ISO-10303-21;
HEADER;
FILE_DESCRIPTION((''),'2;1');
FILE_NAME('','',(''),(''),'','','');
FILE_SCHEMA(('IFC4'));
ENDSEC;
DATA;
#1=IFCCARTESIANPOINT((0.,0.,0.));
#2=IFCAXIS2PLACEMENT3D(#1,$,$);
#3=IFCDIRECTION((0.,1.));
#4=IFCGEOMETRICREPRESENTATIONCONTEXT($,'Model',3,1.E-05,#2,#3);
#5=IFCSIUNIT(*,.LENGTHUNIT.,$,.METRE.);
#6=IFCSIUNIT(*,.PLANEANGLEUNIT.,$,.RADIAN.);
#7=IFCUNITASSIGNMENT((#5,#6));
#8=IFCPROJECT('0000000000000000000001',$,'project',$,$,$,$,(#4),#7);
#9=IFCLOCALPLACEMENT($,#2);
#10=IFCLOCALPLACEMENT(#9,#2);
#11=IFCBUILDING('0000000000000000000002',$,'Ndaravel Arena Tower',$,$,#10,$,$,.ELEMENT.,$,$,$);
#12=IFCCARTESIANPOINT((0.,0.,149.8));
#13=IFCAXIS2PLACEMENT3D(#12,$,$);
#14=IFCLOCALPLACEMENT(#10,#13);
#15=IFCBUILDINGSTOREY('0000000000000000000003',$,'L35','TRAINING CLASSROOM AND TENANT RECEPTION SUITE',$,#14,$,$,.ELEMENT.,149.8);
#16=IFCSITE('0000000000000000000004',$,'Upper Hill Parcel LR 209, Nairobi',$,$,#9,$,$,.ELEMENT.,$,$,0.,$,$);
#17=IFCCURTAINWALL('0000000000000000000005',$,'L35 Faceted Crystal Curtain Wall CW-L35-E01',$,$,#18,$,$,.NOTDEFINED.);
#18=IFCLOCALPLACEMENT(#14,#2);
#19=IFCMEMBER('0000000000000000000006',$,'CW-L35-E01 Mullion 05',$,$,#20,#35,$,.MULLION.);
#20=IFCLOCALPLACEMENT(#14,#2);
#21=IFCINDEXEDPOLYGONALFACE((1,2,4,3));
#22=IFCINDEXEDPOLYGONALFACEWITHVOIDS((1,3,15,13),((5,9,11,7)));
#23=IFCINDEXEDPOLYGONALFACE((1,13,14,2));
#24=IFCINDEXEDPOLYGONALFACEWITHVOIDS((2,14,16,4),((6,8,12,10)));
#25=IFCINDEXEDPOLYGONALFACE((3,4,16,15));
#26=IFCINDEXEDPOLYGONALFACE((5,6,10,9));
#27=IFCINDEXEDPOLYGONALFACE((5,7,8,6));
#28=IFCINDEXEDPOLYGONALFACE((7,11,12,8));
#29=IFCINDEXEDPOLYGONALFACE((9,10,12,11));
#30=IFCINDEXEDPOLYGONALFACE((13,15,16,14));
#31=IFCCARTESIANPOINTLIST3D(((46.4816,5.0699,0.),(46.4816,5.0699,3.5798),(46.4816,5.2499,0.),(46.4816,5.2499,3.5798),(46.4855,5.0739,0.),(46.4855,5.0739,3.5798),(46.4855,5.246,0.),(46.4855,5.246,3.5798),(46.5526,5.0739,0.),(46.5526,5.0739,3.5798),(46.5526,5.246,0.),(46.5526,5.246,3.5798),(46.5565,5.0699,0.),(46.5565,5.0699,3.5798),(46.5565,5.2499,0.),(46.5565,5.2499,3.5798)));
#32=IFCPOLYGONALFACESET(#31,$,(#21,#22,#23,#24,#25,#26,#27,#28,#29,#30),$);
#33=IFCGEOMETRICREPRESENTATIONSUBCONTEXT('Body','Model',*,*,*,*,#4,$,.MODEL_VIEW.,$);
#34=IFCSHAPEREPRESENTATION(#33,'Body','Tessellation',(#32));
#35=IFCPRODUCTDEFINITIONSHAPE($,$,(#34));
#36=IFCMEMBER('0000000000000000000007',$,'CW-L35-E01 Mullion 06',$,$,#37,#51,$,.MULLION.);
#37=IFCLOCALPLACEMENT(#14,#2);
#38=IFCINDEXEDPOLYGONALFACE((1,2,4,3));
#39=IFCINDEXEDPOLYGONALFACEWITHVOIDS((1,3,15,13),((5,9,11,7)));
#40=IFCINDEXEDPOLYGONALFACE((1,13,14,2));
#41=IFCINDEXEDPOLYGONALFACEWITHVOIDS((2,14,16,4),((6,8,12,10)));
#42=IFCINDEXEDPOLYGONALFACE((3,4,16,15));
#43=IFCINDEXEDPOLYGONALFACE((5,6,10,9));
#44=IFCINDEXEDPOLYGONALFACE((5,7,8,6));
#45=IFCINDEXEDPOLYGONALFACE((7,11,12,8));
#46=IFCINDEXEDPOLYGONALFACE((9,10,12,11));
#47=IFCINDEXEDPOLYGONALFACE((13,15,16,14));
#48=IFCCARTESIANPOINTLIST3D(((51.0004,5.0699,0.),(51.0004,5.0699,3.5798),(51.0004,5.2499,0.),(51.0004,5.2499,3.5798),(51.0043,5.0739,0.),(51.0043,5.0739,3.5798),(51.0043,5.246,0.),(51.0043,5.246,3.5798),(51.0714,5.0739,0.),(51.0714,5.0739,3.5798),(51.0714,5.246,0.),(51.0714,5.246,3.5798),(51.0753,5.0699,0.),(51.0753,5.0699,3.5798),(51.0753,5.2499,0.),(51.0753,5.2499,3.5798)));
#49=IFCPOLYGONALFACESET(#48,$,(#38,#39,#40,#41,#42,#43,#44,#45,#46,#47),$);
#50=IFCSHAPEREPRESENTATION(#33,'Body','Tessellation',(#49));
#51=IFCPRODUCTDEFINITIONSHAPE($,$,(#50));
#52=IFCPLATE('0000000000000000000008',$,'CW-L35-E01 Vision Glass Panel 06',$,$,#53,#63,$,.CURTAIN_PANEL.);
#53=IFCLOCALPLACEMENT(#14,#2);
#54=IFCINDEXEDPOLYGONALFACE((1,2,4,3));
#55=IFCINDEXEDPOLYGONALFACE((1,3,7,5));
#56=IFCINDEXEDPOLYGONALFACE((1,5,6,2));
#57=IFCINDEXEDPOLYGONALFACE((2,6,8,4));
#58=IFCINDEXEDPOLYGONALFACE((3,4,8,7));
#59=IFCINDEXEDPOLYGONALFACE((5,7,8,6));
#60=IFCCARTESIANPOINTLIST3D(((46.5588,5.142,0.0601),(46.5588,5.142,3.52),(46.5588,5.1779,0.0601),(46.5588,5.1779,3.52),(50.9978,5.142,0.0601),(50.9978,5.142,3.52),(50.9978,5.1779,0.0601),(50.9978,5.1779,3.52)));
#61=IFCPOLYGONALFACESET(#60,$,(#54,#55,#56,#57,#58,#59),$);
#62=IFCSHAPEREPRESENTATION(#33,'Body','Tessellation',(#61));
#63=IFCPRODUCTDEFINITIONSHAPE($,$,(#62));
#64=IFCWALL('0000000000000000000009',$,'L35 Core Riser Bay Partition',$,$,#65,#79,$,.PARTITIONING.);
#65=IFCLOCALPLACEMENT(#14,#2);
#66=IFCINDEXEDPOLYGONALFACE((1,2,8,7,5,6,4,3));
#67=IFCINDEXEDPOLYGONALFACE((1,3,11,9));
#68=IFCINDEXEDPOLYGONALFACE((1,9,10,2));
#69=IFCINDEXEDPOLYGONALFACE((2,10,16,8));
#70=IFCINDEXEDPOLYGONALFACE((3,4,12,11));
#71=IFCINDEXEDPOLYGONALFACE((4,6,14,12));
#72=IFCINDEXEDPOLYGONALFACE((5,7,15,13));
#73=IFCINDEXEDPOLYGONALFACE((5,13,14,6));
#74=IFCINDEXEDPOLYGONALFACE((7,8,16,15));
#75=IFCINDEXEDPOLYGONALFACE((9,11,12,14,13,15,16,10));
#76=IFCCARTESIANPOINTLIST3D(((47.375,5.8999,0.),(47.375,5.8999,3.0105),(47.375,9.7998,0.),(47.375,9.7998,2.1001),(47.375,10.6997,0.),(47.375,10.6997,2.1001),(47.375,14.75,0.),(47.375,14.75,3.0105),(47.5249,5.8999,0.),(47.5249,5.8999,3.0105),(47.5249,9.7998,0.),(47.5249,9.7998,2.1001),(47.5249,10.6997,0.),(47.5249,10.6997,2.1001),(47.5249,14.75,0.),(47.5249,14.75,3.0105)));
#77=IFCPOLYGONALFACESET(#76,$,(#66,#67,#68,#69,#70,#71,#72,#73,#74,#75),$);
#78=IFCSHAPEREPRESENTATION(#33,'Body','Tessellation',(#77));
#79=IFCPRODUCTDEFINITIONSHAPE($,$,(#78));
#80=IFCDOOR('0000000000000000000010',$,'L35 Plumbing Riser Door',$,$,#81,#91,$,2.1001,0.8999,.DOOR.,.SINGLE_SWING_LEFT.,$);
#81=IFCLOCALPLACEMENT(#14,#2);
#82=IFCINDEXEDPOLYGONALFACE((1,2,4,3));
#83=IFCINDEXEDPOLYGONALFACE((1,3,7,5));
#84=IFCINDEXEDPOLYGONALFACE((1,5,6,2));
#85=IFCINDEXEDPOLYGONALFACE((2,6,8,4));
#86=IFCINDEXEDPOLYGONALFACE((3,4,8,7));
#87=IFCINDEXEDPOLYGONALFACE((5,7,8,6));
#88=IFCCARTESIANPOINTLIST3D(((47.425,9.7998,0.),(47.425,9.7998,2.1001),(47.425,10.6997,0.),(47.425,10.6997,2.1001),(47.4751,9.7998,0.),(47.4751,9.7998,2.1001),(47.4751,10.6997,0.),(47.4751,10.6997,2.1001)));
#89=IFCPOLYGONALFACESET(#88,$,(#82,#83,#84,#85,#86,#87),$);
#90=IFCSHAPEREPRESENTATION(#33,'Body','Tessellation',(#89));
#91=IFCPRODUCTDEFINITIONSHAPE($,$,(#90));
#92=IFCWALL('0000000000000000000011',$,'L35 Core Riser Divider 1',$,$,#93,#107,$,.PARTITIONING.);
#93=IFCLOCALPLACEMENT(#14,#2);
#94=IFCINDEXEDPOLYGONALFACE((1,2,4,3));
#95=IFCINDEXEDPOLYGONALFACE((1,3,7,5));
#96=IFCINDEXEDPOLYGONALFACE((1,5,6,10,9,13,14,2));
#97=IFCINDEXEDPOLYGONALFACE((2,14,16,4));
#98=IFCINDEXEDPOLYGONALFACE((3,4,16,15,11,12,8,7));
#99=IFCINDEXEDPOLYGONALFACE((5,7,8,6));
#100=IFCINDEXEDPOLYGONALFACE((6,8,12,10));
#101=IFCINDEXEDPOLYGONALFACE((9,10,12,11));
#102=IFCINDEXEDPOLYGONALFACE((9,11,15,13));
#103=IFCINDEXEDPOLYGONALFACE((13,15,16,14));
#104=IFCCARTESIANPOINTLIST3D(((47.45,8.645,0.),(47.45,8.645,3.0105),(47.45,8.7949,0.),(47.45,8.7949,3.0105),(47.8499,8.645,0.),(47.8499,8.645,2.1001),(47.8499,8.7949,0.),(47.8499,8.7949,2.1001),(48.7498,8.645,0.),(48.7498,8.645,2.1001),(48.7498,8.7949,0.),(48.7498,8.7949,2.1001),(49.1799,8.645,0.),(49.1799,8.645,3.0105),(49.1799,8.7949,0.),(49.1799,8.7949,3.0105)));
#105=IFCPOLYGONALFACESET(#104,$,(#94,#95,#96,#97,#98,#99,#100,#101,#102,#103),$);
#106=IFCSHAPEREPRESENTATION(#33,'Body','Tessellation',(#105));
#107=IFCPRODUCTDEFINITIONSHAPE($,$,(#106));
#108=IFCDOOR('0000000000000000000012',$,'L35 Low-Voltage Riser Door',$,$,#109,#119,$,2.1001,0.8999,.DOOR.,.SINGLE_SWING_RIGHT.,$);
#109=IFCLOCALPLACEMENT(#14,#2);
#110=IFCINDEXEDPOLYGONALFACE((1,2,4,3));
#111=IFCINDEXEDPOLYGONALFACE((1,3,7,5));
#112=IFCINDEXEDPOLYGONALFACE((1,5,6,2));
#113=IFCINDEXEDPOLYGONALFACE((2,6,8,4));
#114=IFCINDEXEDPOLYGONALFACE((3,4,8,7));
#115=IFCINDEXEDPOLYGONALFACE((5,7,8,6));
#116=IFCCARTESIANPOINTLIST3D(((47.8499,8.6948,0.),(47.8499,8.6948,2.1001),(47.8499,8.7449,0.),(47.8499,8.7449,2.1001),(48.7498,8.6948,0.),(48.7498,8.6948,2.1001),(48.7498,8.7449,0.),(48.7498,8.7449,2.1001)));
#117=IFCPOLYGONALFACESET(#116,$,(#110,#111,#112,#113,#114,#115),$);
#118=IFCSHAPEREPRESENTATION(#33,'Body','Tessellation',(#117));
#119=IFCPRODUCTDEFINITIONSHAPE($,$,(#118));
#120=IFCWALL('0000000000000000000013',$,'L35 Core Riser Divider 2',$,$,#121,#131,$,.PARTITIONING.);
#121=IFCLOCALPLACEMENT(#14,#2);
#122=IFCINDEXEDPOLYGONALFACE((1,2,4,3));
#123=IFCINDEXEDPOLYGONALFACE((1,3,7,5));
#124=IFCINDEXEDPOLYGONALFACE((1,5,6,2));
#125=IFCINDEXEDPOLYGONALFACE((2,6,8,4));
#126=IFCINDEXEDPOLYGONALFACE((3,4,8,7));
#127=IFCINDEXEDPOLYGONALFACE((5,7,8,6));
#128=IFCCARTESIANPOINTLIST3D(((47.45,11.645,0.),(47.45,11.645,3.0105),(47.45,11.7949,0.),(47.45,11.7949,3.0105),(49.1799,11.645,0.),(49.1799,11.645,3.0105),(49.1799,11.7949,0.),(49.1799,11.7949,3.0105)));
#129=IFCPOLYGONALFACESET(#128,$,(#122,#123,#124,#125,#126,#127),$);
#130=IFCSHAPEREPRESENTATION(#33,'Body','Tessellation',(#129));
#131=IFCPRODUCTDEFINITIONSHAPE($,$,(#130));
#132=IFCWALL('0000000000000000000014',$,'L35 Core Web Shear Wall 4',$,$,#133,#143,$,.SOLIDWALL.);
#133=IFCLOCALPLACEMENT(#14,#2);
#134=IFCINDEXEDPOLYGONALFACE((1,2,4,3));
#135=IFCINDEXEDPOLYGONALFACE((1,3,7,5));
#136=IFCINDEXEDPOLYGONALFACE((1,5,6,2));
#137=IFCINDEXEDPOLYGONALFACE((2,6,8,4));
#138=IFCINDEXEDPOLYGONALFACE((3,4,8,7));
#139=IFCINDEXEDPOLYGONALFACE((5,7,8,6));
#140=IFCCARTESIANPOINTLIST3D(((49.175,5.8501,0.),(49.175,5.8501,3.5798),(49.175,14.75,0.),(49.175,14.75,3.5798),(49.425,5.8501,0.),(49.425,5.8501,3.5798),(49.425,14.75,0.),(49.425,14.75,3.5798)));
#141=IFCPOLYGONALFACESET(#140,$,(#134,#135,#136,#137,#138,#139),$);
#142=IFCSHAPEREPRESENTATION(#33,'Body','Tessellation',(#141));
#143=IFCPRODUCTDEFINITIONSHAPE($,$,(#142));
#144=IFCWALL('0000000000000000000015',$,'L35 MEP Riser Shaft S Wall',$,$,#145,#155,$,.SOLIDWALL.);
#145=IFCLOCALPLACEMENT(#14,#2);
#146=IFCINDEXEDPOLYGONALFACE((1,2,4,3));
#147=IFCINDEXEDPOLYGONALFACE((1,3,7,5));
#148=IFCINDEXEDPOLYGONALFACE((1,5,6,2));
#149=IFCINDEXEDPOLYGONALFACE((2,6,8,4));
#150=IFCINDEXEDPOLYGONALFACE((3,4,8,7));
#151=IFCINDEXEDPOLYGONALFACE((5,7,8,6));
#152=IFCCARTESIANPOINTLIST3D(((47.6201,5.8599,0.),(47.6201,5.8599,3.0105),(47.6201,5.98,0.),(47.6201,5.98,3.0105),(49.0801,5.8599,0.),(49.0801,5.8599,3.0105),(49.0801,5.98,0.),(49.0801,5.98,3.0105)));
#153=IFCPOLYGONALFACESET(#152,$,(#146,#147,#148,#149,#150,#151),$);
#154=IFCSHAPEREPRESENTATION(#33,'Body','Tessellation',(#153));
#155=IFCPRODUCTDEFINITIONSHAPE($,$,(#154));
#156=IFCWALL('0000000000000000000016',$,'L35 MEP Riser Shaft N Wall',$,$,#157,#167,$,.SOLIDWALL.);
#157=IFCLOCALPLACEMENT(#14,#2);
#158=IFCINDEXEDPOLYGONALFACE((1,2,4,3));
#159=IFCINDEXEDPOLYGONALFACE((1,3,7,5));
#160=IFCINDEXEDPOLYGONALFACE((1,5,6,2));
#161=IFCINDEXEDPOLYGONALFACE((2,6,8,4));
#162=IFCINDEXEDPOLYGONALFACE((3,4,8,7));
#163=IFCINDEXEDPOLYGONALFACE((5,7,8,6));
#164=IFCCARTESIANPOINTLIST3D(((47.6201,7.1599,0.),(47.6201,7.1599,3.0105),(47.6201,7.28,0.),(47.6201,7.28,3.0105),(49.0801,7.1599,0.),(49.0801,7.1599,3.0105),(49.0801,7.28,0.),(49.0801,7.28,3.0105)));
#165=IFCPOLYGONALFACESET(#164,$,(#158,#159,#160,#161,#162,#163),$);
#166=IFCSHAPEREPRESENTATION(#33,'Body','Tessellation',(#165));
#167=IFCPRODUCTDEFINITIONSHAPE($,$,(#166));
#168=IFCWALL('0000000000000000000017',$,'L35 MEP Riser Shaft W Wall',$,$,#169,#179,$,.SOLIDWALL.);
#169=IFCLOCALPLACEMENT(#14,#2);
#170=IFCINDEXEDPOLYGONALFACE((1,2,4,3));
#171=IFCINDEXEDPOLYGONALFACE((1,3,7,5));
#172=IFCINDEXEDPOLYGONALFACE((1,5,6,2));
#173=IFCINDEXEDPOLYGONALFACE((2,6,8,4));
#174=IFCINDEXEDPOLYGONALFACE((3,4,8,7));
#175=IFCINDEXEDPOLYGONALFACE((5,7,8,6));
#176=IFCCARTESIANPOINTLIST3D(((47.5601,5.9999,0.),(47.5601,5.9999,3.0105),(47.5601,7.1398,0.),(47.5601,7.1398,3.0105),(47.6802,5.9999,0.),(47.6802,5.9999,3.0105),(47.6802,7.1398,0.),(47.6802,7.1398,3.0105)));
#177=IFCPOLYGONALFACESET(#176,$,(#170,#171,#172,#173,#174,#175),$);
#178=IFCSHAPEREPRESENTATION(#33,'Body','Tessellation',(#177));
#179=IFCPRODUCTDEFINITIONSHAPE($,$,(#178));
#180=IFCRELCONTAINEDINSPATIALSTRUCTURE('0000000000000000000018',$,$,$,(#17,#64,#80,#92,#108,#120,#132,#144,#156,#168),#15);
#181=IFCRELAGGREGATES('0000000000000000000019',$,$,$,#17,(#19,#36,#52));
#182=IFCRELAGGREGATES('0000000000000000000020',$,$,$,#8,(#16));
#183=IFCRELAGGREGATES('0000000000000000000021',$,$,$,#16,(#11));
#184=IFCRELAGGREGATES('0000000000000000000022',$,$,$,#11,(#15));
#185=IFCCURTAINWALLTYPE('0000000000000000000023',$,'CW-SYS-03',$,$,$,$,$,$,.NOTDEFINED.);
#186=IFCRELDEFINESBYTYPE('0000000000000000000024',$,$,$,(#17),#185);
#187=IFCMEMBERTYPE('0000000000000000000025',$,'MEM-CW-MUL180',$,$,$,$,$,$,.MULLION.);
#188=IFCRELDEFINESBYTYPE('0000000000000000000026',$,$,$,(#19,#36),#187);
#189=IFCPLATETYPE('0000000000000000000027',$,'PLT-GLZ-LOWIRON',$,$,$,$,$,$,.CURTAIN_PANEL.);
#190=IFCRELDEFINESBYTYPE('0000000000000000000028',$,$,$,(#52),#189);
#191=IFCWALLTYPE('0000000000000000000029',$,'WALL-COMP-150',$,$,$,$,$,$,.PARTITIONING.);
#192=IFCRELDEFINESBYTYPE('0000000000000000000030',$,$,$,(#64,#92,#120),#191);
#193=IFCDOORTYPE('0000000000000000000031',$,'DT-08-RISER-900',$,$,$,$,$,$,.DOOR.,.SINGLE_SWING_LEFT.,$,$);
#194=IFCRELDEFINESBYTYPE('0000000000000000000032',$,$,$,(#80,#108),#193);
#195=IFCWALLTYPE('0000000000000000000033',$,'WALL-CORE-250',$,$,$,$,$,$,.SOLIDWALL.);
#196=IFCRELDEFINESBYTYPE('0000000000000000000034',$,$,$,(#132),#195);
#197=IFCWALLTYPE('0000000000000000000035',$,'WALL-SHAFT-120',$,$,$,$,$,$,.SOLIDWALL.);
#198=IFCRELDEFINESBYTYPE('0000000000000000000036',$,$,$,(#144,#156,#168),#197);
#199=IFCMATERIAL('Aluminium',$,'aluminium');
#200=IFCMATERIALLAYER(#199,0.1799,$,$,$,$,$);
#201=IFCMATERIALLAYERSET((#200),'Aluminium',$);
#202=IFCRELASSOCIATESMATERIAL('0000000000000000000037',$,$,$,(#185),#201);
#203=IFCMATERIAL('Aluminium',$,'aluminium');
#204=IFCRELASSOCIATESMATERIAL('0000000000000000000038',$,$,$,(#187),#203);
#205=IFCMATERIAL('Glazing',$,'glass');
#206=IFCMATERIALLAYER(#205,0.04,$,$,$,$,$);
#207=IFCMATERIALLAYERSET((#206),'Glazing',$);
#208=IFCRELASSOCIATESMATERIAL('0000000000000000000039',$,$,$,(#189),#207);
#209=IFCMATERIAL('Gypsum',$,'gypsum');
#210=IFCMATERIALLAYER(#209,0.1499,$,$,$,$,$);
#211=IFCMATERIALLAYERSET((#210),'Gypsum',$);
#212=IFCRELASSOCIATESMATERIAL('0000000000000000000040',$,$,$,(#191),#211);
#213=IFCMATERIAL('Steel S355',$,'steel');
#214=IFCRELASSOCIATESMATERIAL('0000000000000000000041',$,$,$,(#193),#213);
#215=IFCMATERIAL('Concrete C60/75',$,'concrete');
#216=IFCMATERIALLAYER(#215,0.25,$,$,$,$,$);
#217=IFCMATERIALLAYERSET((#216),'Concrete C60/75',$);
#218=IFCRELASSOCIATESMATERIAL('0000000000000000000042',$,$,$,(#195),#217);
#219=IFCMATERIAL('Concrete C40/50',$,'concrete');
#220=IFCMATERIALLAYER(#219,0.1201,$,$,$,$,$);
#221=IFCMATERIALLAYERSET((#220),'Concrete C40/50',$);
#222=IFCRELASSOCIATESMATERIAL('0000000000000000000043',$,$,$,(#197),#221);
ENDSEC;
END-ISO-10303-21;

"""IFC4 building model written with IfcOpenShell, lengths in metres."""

from ifc_helpers import new_model, si_unit, direction, frame, frame_2d, origin, origin_2d, place, context, subcontext, project, spatial, rectangle, hollow_rectangle, extrude, material, layer, layer_set, material_profile, profile_set, type_object, element, fill, aggregate, save


model = new_model("IFC4")

# Units and contexts
model_context = context("Model", 3, precision=1e-05, world=origin(), true_north=direction((0.0, 1.0)))
body_context = subcontext(model_context, "Body", "Model", "MODEL_VIEW")
ifc_project = project(units=[si_unit("LENGTHUNIT", "METRE"), si_unit("PLANEANGLEUNIT", "RADIAN")], contexts=[model_context])

# Site, building, storey
site_placement = place(None, origin())
site = spatial("IfcSite", under=ifc_project, at=site_placement, Name="Upper Hill Parcel LR 209, Nairobi", CompositionType="ELEMENT", RefElevation=0.0)
building_placement = place(site_placement, origin())
building = spatial("IfcBuilding", under=site, at=building_placement, Name="Ndaravel Arena Tower", CompositionType="ELEMENT")
storey_placement = place(building_placement, frame((0.0, 0.0, 149.8)))
storey = spatial("IfcBuildingStorey", under=building, at=storey_placement, Name="L35", Description="TRAINING CLASSROOM AND TENANT RECEPTION SUITE", CompositionType="ELEMENT", Elevation=149.8)

# Curtain wall, members, plate
ifc_material_1 = material(Name="Aluminium", Category="aluminium")
ifc_layer_1 = layer(ifc_material_1, 0.1799)
ifc_layer_set_1 = layer_set([ifc_layer_1], Name="Aluminium")
curtain_wall_type = type_object("IfcCurtainWallType", Name="CW-SYS-03", PredefinedType="NOTDEFINED", material=ifc_layer_set_1)
curtain_wall_placement = place(storey_placement, origin())
curtain_wall = element("IfcCurtainWall", 1, at=curtain_wall_placement, inside=storey, type_object=curtain_wall_type, Name="L35 Faceted Crystal Curtain Wall CW-L35-E01", PredefinedType="NOTDEFINED")
ifc_material_2 = material(Name="Aluminium", Category="aluminium")
ifc_material_profile = material_profile(ifc_material_2, hollow_rectangle(XDim=0.075, YDim=0.1799, WallThickness=0.0039, at=origin_2d()), Name="CW MULLION 75x180x4")
ifc_profile_set = profile_set([ifc_material_profile], Name="Aluminium")
member_type = type_object("IfcMemberType", Name="MEM-CW-MUL180", PredefinedType="MULLION", material=ifc_profile_set)
member_1_placement = place(storey_placement, frame((46.519, 5.1599, 0.0), z_axis=(0.0, 0.0, 1.0), x_axis=(1.0, 0.0, 0.0)))
member_1 = element("IfcMember", 2, at=member_1_placement, type_object=member_type, Name="CW-L35-E01 Mullion 05", PredefinedType="MULLION", context=body_context, shape_type="SweptSolid", body=[
    extrude(hollow_rectangle(XDim=0.075, YDim=0.1799, WallThickness=0.0039, at=origin_2d()), origin(), (0.0, 0.0, 1.0), 3.5798),
])
member_2_placement = place(storey_placement, frame((51.0378, 5.1599, 0.0), z_axis=(0.0, 0.0, 1.0), x_axis=(1.0, 0.0, 0.0)))
member_2 = element("IfcMember", 3, at=member_2_placement, type_object=member_type, Name="CW-L35-E01 Mullion 06", PredefinedType="MULLION", context=body_context, shape_type="SweptSolid", body=[
    extrude(hollow_rectangle(XDim=0.075, YDim=0.1799, WallThickness=0.0039, at=origin_2d()), origin(), (0.0, 0.0, 1.0), 3.5798),
])
ifc_material_3 = material(Name="Glazing", Category="glass")
ifc_layer_2 = layer(ifc_material_3, 0.04)
ifc_layer_set_2 = layer_set([ifc_layer_2], Name="Glazing")
plate_type = type_object("IfcPlateType", Name="PLT-GLZ-LOWIRON", PredefinedType="CURTAIN_PANEL", material=ifc_layer_set_2)
plate_placement = place(storey_placement, frame((48.7783, 5.1599, 0.0601), z_axis=(0.0, 0.0, 1.0), x_axis=(1.0, 0.0, 0.0)))
plate = element("IfcPlate", 4, at=plate_placement, type_object=plate_type, Name="CW-L35-E01 Vision Glass Panel 06", PredefinedType="CURTAIN_PANEL", context=body_context, shape_type="SweptSolid", body=[
    extrude(rectangle(XDim=4.439, YDim=0.0359, at=origin_2d()), origin(), (0.0, 0.0, 1.0), 3.46),
])
aggregate(curtain_wall, [member_1, member_2, plate])

# Walls, openings, doors
ifc_material_4 = material(Name="Gypsum", Category="gypsum")
ifc_layer_3 = layer(ifc_material_4, 0.1499)
ifc_layer_set_3 = layer_set([ifc_layer_3], Name="Gypsum")
wall_type_1 = type_object("IfcWallType", Name="WALL-COMP-150", PredefinedType="PARTITIONING", material=ifc_layer_set_3)
wall_1_placement = place(storey_placement, frame((47.45, 5.8999, 0.0), z_axis=(0.0, 0.0, 1.0), x_axis=(0.0, 1.0, 0.0)))
wall_1 = element("IfcWall", 5, at=wall_1_placement, inside=storey, type_object=wall_type_1, Name="L35 Core Riser Bay Partition", PredefinedType="PARTITIONING", context=body_context, shape_type="SweptSolid", body=[
    extrude(rectangle(XDim=8.8501, YDim=0.1499, at=frame_2d((4.425, 0.0))), origin(), (0.0, 0.0, 1.0), 3.0105),
])
opening_1_placement = place(wall_1_placement, frame((3.8999, 0.0, 0.0)))
opening_1 = element("IfcOpeningElement", 6, at=opening_1_placement, cuts=wall_1, PredefinedType="OPENING", context=body_context, shape_type="SweptSolid", body=[
    extrude(rectangle(XDim=0.8999, YDim=2.1001, at=frame_2d((0.45, 1.05))), frame((0.0, 0.075, 0.0), z_axis=(0.0, -1.0, 0.0), x_axis=(1.0, 0.0, 0.0)), (0.0, 0.0, 1.0), 0.1499),
])
ifc_material_5 = material(Name="Steel S355", Category="steel")
door_type_1 = type_object("IfcDoorType", Name="DT-08-RISER-900", OperationType="SINGLE_SWING_LEFT", PredefinedType="DOOR", material=ifc_material_5)
door_1_placement = place(opening_1_placement, origin())
door_1 = element("IfcDoor", 7, at=door_1_placement, inside=storey, type_object=door_type_1, Name="L35 Plumbing Riser Door", OperationType="SINGLE_SWING_LEFT", OverallHeight=2.1001, OverallWidth=0.8999, PredefinedType="DOOR", context=body_context, shape_type="SweptSolid", body=[
    extrude(rectangle(XDim=0.8999, YDim=2.1001, at=frame_2d((0.45, 1.05))), frame((0.0, 0.0249, 0.0), z_axis=(0.0, -1.0, 0.0), x_axis=(1.0, 0.0, 0.0)), (0.0, 0.0, 1.0), 0.05),
])
fill(opening_1, door_1)
wall_2_placement = place(storey_placement, frame((47.45, 8.72, 0.0), z_axis=(0.0, 0.0, 1.0), x_axis=(1.0, 0.0, 0.0)))
wall_2 = element("IfcWall", 8, at=wall_2_placement, inside=storey, type_object=wall_type_1, Name="L35 Core Riser Divider 1", PredefinedType="PARTITIONING", context=body_context, shape_type="SweptSolid", body=[
    extrude(rectangle(XDim=1.73, YDim=0.1499, at=frame_2d((0.865, 0.0))), origin(), (0.0, 0.0, 1.0), 3.0105),
])
opening_2_placement = place(wall_2_placement, frame((0.3999, 0.0, 0.0)))
opening_2 = element("IfcOpeningElement", 9, at=opening_2_placement, cuts=wall_2, PredefinedType="OPENING", context=body_context, shape_type="SweptSolid", body=[
    extrude(rectangle(XDim=0.8999, YDim=2.1001, at=frame_2d((0.45, 1.05))), frame((0.0, 0.075, 0.0), z_axis=(0.0, -1.0, 0.0), x_axis=(1.0, 0.0, 0.0)), (0.0, 0.0, 1.0), 0.1499),
])
door_2_placement = place(opening_2_placement, origin())
door_2 = element("IfcDoor", 10, at=door_2_placement, inside=storey, type_object=door_type_1, Name="L35 Low-Voltage Riser Door", OperationType="SINGLE_SWING_RIGHT", OverallHeight=2.1001, OverallWidth=0.8999, PredefinedType="DOOR", context=body_context, shape_type="SweptSolid", body=[
    extrude(rectangle(XDim=0.8999, YDim=2.1001, at=frame_2d((0.45, 1.05))), frame((0.0, 0.0249, 0.0), z_axis=(0.0, -1.0, 0.0), x_axis=(1.0, 0.0, 0.0)), (0.0, 0.0, 1.0), 0.05),
])
fill(opening_2, door_2)

# Walls
wall_3_placement = place(storey_placement, frame((47.45, 11.72, 0.0), z_axis=(0.0, 0.0, 1.0), x_axis=(1.0, 0.0, 0.0)))
element("IfcWall", 11, at=wall_3_placement, inside=storey, type_object=wall_type_1, Name="L35 Core Riser Divider 2", PredefinedType="PARTITIONING", context=body_context, shape_type="SweptSolid", body=[
    extrude(rectangle(XDim=1.73, YDim=0.1499, at=frame_2d((0.865, 0.0))), origin(), (0.0, 0.0, 1.0), 3.0105),
])
ifc_material_6 = material(Name="Concrete C60/75", Category="concrete")
ifc_layer_4 = layer(ifc_material_6, 0.25)
ifc_layer_set_4 = layer_set([ifc_layer_4], Name="Concrete C60/75")
wall_type_2 = type_object("IfcWallType", Name="WALL-CORE-250", PredefinedType="SOLIDWALL", material=ifc_layer_set_4)
wall_4_placement = place(storey_placement, frame((49.3, 5.8501, 0.0), z_axis=(0.0, 0.0, 1.0), x_axis=(0.0, 1.0, 0.0)))
element("IfcWall", 12, at=wall_4_placement, inside=storey, type_object=wall_type_2, Name="L35 Core Web Shear Wall 4", PredefinedType="SOLIDWALL", context=body_context, shape_type="SweptSolid", body=[
    extrude(rectangle(XDim=8.8999, YDim=0.25, at=frame_2d((4.45, 0.0))), origin(), (0.0, 0.0, 1.0), 3.5798),
])
ifc_material_7 = material(Name="Concrete C40/50", Category="concrete")
ifc_layer_5 = layer(ifc_material_7, 0.1201)
ifc_layer_set_5 = layer_set([ifc_layer_5], Name="Concrete C40/50")
wall_type_3 = type_object("IfcWallType", Name="WALL-SHAFT-120", PredefinedType="SOLIDWALL", material=ifc_layer_set_5)
for number, where, z_axis, x_axis, name in (
    (13, (47.6201, 5.9199, 0.0), (0.0, 0.0, 1.0), (1.0, 0.0, 0.0), "L35 MEP Riser Shaft S Wall"),
    (14, (47.6201, 7.22, 0.0), (0.0, 0.0, 1.0), (1.0, 0.0, 0.0), "L35 MEP Riser Shaft N Wall"),
):
    element("IfcWall", number, at=place(storey_placement, frame(where, z_axis=z_axis, x_axis=x_axis)), inside=storey, type_object=wall_type_3, Name=name, PredefinedType="SOLIDWALL", context=body_context, shape_type="SweptSolid", body=[
        extrude(rectangle(XDim=1.46, YDim=0.1201, at=frame_2d((0.73, 0.0))), origin(), (0.0, 0.0, 1.0), 3.0105),
    ])
for number, where, z_axis, x_axis, name in (
    (15, (47.6201, 6.0, 0.0), (0.0, 0.0, 1.0), (0.0, 1.0, 0.0), "L35 MEP Riser Shaft W Wall"),
):
    element("IfcWall", number, at=place(storey_placement, frame(where, z_axis=z_axis, x_axis=x_axis)), inside=storey, type_object=wall_type_3, Name=name, PredefinedType="SOLIDWALL", context=body_context, shape_type="SweptSolid", body=[
        extrude(rectangle(XDim=1.1399, YDim=0.1201, at=frame_2d((0.5698, 0.0))), origin(), (0.0, 0.0, 1.0), 3.0105),
    ])

save(model, "model.ifc")
